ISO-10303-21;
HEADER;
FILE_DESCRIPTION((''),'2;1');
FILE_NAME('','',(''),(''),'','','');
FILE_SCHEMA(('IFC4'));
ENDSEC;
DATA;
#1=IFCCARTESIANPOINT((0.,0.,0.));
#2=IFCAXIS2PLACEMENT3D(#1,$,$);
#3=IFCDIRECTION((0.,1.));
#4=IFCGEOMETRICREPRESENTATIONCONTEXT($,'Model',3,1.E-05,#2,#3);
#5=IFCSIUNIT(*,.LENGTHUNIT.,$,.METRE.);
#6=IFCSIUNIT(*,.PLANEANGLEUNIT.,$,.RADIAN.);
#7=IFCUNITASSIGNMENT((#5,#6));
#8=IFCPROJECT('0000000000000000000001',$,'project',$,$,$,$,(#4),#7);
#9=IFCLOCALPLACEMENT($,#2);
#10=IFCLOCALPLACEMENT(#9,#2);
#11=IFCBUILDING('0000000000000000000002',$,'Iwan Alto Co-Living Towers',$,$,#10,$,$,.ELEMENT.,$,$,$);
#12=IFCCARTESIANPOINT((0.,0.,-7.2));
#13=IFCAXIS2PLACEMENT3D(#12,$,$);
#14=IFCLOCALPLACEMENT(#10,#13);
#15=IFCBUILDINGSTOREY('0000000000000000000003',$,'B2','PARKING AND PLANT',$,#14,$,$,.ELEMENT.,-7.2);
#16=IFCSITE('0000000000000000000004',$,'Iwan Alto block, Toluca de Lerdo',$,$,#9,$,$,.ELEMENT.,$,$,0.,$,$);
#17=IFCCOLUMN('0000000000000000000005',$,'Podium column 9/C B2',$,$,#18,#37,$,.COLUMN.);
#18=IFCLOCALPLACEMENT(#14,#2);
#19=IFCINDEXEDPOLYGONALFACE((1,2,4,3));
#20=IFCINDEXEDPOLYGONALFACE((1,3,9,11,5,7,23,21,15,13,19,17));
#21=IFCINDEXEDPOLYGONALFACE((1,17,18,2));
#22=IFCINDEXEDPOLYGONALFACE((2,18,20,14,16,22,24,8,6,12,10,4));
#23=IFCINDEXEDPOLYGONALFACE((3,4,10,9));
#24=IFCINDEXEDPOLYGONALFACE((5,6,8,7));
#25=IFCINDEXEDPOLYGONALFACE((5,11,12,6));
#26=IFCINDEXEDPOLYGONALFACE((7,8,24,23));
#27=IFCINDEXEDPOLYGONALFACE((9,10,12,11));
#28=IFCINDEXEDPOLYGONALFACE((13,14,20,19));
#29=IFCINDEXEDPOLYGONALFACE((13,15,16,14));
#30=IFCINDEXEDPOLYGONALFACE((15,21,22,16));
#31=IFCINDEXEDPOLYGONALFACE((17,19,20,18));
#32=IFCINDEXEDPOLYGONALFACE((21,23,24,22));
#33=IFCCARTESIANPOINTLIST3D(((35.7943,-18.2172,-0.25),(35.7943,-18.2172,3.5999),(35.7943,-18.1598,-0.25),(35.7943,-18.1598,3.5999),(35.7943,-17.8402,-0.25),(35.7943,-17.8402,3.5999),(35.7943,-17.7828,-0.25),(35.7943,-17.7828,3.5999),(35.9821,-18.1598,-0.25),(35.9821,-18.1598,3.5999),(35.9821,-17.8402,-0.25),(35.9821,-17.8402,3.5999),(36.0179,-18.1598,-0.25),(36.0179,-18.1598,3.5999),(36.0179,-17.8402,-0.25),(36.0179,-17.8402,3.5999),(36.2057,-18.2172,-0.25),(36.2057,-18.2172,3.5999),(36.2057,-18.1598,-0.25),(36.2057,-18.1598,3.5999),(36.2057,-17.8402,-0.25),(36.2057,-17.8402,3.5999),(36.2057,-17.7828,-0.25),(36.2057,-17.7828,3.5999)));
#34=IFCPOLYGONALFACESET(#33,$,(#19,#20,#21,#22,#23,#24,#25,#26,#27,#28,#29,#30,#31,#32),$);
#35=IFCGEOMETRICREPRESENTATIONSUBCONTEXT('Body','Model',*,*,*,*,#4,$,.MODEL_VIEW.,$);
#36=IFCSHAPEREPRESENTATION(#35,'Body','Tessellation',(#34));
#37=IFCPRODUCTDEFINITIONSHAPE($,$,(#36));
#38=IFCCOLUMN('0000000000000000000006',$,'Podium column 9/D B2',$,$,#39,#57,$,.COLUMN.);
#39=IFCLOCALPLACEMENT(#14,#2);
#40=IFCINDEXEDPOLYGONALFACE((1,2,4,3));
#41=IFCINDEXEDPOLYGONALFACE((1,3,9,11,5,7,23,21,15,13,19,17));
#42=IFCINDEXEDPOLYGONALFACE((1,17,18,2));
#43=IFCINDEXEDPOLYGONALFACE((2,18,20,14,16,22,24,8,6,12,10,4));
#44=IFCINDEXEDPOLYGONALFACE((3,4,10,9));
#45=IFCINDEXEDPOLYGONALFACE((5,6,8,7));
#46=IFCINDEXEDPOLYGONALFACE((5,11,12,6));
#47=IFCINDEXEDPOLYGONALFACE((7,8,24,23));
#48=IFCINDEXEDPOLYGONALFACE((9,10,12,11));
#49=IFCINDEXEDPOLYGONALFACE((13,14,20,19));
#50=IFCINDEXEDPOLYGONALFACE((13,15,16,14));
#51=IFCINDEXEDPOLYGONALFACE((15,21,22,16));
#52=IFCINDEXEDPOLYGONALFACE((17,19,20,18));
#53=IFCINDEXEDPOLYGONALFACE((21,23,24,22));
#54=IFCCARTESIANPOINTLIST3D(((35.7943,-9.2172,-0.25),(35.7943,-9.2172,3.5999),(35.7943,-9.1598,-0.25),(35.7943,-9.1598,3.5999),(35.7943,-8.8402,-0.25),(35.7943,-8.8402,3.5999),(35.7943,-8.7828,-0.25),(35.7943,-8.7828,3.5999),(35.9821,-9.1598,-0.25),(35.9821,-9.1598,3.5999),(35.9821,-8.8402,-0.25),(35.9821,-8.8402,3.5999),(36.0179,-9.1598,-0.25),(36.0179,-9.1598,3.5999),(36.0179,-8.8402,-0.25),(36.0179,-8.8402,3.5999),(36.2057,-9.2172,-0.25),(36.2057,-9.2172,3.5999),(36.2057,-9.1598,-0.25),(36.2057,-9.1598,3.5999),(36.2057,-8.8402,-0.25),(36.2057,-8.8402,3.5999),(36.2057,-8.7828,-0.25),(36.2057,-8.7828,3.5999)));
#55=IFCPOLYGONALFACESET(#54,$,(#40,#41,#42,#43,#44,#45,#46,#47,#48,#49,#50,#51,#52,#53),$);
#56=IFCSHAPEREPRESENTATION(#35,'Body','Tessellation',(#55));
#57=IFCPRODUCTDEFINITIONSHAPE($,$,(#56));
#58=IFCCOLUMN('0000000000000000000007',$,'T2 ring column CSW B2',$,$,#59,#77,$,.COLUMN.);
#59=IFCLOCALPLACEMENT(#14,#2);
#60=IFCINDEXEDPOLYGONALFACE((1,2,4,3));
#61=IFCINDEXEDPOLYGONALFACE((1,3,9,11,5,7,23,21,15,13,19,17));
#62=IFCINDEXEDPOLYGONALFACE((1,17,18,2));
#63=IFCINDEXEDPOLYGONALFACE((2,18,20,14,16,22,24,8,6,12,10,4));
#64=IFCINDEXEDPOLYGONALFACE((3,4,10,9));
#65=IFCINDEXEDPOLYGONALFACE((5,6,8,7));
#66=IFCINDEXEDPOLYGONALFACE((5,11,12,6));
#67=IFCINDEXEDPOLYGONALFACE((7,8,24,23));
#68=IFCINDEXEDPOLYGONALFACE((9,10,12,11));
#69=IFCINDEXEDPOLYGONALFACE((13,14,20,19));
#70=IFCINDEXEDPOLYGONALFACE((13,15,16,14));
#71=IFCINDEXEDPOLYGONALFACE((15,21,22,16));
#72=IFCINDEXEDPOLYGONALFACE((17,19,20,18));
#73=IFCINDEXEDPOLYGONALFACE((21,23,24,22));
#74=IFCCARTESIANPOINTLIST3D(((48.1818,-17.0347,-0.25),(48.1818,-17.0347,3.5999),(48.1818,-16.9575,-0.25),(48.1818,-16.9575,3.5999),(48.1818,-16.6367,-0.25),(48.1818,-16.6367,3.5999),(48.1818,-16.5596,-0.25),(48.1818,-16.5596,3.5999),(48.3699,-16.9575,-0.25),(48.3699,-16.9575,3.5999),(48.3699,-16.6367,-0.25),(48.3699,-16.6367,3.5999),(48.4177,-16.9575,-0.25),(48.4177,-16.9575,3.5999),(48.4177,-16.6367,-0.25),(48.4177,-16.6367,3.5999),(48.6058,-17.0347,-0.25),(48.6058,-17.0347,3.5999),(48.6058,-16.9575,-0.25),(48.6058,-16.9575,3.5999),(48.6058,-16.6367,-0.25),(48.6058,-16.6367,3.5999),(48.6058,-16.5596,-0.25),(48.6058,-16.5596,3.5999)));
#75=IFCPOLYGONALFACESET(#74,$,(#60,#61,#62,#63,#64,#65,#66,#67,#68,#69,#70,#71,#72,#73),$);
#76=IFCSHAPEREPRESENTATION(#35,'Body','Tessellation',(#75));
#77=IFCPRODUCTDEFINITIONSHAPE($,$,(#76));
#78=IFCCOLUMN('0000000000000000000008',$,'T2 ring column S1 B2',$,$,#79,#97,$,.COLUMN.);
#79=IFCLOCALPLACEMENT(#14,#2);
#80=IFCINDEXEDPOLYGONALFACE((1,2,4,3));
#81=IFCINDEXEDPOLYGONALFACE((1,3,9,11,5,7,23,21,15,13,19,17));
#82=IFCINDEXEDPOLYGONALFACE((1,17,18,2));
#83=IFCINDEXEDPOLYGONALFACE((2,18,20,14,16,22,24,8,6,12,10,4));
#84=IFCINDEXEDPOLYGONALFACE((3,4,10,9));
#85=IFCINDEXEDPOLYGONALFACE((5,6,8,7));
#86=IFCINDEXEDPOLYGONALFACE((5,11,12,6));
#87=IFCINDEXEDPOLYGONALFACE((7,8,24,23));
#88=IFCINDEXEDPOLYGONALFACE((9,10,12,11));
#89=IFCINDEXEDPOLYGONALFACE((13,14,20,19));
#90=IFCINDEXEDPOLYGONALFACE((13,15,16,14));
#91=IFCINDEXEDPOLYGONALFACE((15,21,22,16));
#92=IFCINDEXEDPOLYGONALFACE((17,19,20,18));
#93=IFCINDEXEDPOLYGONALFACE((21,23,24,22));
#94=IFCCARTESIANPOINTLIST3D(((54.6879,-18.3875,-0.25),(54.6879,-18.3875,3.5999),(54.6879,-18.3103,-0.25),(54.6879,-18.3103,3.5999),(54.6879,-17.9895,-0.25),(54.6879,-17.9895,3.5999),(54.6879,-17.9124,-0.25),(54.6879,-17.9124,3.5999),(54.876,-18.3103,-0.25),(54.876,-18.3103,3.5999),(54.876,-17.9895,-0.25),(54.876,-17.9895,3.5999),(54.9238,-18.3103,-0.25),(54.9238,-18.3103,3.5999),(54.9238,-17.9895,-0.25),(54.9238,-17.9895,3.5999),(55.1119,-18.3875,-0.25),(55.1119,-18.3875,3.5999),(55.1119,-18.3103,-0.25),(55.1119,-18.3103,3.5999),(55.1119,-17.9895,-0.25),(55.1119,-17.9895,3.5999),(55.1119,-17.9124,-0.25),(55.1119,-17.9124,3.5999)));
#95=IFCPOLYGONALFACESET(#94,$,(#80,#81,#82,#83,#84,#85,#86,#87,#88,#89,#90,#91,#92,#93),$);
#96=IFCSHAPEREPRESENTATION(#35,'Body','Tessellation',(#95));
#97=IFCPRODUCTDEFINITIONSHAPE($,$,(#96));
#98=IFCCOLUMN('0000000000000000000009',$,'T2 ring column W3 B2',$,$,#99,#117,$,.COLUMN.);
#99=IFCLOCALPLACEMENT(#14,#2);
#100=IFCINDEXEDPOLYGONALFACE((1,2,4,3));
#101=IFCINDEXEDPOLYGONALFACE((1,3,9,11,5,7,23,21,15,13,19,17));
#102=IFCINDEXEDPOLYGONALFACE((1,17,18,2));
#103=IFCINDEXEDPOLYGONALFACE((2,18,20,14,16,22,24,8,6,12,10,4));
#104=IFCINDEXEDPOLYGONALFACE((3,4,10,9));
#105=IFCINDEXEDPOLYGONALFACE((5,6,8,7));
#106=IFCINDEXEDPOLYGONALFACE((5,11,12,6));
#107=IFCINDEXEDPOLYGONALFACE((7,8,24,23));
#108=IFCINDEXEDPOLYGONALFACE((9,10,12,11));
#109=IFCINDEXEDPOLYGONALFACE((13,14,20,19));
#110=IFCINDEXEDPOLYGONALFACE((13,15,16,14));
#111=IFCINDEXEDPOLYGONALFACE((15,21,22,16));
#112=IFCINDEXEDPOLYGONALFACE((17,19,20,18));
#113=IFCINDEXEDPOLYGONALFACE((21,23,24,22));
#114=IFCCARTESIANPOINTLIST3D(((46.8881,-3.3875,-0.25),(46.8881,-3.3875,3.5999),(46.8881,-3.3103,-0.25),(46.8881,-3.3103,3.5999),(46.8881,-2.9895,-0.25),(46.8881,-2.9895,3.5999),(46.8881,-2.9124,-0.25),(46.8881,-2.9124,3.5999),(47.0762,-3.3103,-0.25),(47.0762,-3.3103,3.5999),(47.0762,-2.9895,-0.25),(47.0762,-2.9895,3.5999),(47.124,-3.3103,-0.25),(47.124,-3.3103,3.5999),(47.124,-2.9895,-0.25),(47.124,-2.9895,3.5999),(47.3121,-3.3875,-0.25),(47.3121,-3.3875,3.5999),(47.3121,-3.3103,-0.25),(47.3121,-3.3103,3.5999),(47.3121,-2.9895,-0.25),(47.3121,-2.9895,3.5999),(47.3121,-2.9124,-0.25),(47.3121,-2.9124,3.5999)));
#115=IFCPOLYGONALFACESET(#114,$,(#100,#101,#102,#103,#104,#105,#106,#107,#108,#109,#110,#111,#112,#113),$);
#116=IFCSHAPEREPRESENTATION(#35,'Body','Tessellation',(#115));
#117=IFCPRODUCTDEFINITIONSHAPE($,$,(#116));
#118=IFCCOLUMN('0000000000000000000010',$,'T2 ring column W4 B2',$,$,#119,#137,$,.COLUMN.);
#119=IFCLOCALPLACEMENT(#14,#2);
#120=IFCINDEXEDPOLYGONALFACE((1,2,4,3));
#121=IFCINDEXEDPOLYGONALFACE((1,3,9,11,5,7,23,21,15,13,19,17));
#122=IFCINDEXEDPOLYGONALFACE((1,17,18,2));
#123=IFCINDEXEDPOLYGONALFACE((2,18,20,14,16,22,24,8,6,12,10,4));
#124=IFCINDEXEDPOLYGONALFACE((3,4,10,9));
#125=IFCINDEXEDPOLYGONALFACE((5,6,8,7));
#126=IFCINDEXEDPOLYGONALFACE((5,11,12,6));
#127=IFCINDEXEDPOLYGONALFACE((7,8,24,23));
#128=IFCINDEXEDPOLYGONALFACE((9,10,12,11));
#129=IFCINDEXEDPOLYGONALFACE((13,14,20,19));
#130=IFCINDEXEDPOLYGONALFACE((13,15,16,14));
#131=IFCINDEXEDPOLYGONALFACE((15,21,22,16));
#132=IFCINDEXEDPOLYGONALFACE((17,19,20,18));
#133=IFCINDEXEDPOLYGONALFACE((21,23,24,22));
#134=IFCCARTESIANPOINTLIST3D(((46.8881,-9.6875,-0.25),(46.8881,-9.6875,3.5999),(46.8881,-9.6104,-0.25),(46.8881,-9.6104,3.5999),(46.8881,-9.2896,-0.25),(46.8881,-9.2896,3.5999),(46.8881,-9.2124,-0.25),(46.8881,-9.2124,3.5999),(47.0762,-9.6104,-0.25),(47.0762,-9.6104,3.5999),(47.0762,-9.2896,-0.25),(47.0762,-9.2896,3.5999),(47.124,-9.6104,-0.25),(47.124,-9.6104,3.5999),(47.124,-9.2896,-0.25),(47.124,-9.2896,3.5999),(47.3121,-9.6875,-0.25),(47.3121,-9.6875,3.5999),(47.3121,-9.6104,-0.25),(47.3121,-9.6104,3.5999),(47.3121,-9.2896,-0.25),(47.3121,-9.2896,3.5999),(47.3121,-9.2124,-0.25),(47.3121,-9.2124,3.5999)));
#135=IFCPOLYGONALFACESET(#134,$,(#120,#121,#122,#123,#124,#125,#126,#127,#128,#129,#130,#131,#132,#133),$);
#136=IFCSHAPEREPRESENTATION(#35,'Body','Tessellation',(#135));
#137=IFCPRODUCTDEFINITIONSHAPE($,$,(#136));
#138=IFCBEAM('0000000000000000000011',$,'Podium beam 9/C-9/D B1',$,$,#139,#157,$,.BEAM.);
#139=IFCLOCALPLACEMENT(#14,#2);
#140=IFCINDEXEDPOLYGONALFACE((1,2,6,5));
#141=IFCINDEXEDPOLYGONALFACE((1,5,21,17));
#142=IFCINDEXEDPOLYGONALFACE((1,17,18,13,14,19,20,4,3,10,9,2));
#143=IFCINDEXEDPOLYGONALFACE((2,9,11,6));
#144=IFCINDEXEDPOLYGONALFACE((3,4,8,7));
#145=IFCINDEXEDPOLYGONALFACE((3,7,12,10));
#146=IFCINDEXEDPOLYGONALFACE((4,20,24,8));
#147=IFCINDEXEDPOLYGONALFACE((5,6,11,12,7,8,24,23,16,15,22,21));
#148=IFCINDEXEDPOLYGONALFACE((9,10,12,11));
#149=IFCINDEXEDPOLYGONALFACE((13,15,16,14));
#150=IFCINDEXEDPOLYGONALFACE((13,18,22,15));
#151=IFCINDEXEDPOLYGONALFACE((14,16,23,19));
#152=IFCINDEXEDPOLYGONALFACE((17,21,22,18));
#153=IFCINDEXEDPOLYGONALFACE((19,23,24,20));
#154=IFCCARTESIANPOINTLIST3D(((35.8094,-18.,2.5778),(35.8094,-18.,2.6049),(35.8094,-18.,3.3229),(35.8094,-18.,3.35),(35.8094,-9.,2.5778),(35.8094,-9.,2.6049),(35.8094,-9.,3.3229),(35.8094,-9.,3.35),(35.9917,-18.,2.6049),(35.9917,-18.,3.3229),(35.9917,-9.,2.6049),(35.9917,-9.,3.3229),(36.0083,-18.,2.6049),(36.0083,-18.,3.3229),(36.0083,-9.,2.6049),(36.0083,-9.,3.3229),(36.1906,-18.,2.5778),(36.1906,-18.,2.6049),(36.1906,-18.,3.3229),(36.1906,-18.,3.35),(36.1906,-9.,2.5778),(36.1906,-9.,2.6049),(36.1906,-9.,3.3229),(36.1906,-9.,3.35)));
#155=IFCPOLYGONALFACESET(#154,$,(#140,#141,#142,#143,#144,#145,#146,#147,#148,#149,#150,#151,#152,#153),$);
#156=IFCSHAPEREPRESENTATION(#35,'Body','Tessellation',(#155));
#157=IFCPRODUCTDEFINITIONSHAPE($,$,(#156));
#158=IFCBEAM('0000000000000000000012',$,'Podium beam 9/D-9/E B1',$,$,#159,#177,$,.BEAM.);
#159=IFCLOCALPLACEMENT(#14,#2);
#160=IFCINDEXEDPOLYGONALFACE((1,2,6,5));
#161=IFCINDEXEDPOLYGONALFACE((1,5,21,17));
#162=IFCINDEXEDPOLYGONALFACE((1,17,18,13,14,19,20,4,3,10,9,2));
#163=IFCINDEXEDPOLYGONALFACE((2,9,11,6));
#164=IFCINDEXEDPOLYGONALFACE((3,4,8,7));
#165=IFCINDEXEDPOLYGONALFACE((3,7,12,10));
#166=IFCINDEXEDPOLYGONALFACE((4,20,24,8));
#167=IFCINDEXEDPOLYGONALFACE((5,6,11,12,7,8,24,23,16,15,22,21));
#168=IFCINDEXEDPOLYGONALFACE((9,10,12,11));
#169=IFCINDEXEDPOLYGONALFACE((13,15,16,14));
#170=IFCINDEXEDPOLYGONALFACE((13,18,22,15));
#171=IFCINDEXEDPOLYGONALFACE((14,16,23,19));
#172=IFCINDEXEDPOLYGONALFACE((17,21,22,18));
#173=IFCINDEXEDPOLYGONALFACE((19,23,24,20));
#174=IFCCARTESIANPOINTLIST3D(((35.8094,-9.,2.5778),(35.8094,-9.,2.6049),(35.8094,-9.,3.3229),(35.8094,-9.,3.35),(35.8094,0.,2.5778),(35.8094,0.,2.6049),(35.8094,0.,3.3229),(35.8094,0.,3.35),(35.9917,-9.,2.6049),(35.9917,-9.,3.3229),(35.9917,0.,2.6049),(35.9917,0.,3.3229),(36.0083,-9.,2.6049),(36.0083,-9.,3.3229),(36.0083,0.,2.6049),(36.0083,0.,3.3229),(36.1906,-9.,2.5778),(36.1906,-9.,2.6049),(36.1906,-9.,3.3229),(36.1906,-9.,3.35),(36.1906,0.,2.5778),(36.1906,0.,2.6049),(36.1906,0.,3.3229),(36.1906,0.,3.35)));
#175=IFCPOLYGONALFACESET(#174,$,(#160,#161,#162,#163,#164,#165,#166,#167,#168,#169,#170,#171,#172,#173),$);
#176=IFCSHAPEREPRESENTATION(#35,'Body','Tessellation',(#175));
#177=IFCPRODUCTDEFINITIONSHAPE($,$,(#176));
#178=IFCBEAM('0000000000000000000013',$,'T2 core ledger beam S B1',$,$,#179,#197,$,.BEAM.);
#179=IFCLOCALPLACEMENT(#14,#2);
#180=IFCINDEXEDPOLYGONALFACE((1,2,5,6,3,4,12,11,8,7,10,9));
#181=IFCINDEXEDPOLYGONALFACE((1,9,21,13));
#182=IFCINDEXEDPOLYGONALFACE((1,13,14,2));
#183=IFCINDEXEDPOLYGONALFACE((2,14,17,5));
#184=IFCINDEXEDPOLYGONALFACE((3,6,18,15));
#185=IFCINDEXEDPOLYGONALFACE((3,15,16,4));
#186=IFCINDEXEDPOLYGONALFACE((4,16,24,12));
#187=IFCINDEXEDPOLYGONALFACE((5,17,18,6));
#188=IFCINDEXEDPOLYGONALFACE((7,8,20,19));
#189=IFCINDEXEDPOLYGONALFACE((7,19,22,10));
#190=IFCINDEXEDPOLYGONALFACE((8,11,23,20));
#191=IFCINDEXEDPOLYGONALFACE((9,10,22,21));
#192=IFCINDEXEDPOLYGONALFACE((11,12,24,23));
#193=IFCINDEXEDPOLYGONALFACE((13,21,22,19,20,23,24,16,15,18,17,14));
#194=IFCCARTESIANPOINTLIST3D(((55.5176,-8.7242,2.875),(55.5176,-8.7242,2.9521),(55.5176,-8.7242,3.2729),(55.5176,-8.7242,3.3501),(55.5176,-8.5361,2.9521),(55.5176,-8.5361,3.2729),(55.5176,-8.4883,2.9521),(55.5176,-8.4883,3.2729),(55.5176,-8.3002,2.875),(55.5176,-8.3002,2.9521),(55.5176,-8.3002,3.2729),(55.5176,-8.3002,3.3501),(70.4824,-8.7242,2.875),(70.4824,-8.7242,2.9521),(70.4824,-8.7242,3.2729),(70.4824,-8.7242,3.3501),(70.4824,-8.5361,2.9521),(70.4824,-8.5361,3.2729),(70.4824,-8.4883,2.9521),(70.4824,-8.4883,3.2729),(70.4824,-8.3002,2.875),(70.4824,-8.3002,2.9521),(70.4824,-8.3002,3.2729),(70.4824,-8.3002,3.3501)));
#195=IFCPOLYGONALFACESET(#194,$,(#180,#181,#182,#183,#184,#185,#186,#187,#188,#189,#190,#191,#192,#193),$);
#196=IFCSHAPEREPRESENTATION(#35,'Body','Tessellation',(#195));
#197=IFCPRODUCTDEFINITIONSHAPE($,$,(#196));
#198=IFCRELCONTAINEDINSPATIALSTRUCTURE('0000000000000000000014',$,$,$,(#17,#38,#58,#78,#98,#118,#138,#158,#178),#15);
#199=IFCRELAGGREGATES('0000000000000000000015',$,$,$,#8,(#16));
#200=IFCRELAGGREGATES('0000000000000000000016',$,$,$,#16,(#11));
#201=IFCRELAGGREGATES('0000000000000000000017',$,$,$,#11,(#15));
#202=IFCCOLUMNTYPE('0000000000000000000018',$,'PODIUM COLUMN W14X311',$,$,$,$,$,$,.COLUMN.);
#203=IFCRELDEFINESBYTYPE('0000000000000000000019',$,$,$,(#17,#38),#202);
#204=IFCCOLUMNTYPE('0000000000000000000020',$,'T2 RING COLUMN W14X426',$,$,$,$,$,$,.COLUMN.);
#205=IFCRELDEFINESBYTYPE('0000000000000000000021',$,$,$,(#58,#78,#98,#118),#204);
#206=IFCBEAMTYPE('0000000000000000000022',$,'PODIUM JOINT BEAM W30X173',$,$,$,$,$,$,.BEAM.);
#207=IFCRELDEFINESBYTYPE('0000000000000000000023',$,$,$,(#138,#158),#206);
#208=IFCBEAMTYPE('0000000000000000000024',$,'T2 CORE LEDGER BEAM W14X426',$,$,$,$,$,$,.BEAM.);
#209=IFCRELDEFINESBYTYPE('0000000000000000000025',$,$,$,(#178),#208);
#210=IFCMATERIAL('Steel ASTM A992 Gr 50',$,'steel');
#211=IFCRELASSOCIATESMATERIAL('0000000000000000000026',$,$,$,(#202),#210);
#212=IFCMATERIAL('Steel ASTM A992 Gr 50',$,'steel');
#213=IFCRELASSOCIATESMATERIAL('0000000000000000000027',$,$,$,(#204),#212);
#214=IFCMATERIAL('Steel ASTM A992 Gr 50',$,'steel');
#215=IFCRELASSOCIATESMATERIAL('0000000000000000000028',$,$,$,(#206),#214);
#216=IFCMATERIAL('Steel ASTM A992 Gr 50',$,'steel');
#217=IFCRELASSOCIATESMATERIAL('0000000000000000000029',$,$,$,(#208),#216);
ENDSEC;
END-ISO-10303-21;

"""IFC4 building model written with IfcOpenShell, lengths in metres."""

from ifc_helpers import new_model, si_unit, direction, frame, origin, origin_2d, place, context, subcontext, project, spatial, i_section, extrude, material, material_profile, profile_set, type_object, element, save


model = new_model("IFC4")

# Units and contexts
model_context = context("Model", 3, precision=1e-05, world=origin(), true_north=direction((0.0, 1.0)))
body_context = subcontext(model_context, "Body", "Model", "MODEL_VIEW")
ifc_project = project(units=[si_unit("LENGTHUNIT", "METRE"), si_unit("PLANEANGLEUNIT", "RADIAN")], contexts=[model_context])

# Site, building, storey
site_placement = place(None, origin())
site = spatial("IfcSite", under=ifc_project, at=site_placement, Name="Iwan Alto block, Toluca de Lerdo", CompositionType="ELEMENT", RefElevation=0.0)
building_placement = place(site_placement, origin())
building = spatial("IfcBuilding", under=site, at=building_placement, Name="Iwan Alto Co-Living Towers", CompositionType="ELEMENT")
storey_placement = place(building_placement, frame((0.0, 0.0, -7.2)))
storey = spatial("IfcBuildingStorey", under=building, at=storey_placement, Name="B2", Description="PARKING AND PLANT", CompositionType="ELEMENT", Elevation=-7.2)

# Columns
ifc_material_1 = material(Name="Steel ASTM A992 Gr 50", Category="steel")
ifc_material_profile_1 = material_profile(ifc_material_1, i_section(OverallWidth=0.4114, OverallDepth=0.4343, WebThickness=0.0359, FlangeThickness=0.0574, at=origin_2d()), Name="W14X311")
ifc_profile_set_1 = profile_set([ifc_material_profile_1], Name="Steel ASTM A992 Gr 50")
column_type_1 = type_object("IfcColumnType", Name="PODIUM COLUMN W14X311", PredefinedType="COLUMN", material=ifc_profile_set_1)
for number, where, z_axis, x_axis, name in (
    (1, (36.0, -18.0, -0.25), (0.0, 0.0, 1.0), (1.0, 0.0, 0.0), "Podium column 9/C B2"),
    (2, (36.0, -9.0, -0.25), (0.0, 0.0, 1.0), (1.0, 0.0, 0.0), "Podium column 9/D B2"),
):
    element("IfcColumn", number, at=place(storey_placement, frame(where, z_axis=z_axis, x_axis=x_axis)), inside=storey, type_object=column_type_1, Name=name, PredefinedType="COLUMN", context=body_context, shape_type="SweptSolid", body=[
        extrude(i_section(OverallWidth=0.4114, OverallDepth=0.4343, WebThickness=0.0359, FlangeThickness=0.0574, at=origin_2d()), origin(), (0.0, 0.0, 1.0), 3.8499),
    ])
ifc_material_2 = material(Name="Steel ASTM A992 Gr 50", Category="steel")
ifc_material_profile_2 = material_profile(ifc_material_2, i_section(OverallWidth=0.4241, OverallDepth=0.4751, WebThickness=0.0479, FlangeThickness=0.0771, at=origin_2d()), Name="W14X426")
ifc_profile_set_2 = profile_set([ifc_material_profile_2], Name="Steel ASTM A992 Gr 50")
column_type_2 = type_object("IfcColumnType", Name="T2 RING COLUMN W14X426", PredefinedType="COLUMN", material=ifc_profile_set_2)
for number, where, z_axis, x_axis, name in (
    (3, (48.3938, -16.7971, -0.25), (0.0, 0.0, 1.0), (1.0, 0.0, 0.0), "T2 ring column CSW B2"),
    (4, (54.8999, -18.1499, -0.25), (0.0, 0.0, 1.0), (1.0, 0.0, 0.0), "T2 ring column S1 B2"),
    (5, (47.1001, -3.1499, -0.25), (0.0, 0.0, 1.0), (1.0, 0.0, 0.0), "T2 ring column W3 B2"),
    (6, (47.1001, -9.45, -0.25), (0.0, 0.0, 1.0), (1.0, 0.0, 0.0), "T2 ring column W4 B2"),
):
    element("IfcColumn", number, at=place(storey_placement, frame(where, z_axis=z_axis, x_axis=x_axis)), inside=storey, type_object=column_type_2, Name=name, PredefinedType="COLUMN", context=body_context, shape_type="SweptSolid", body=[
        extrude(i_section(OverallWidth=0.4241, OverallDepth=0.4751, WebThickness=0.0479, FlangeThickness=0.0771, at=origin_2d()), origin(), (0.0, 0.0, 1.0), 3.8499),
    ])

# Beams
ifc_material_3 = material(Name="Steel ASTM A992 Gr 50", Category="steel")
ifc_material_profile_3 = material_profile(ifc_material_3, i_section(OverallWidth=0.3811, OverallDepth=0.7722, WebThickness=0.0166, FlangeThickness=0.0271, at=origin_2d()), Name="W30X173")
ifc_profile_set_3 = profile_set([ifc_material_profile_3], Name="Steel ASTM A992 Gr 50")
beam_type_1 = type_object("IfcBeamType", Name="PODIUM JOINT BEAM W30X173", PredefinedType="BEAM", material=ifc_profile_set_3)
for number, where, z_axis, x_axis, name in (
    (7, (36.0, -18.0, 2.9639), (0.0, 1.0, 0.0), (-1.0, 0.0, 0.0), "Podium beam 9/C-9/D B1"),
    (8, (36.0, -9.0, 2.9639), (0.0, 1.0, 0.0), (-1.0, 0.0, 0.0), "Podium beam 9/D-9/E B1"),
):
    element("IfcBeam", number, at=place(storey_placement, frame(where, z_axis=z_axis, x_axis=x_axis)), inside=storey, type_object=beam_type_1, Name=name, PredefinedType="BEAM", context=body_context, shape_type="SweptSolid", body=[
        extrude(i_section(OverallWidth=0.3811, OverallDepth=0.7722, WebThickness=0.0166, FlangeThickness=0.0271, at=origin_2d()), origin(), (0.0, 0.0, 1.0), 9.0),
    ])
ifc_material_4 = material(Name="Steel ASTM A992 Gr 50", Category="steel")
ifc_material_profile_4 = material_profile(ifc_material_4, i_section(OverallWidth=0.4241, OverallDepth=0.4751, WebThickness=0.0479, FlangeThickness=0.0771, at=origin_2d()), Name="W14X426")
ifc_profile_set_4 = profile_set([ifc_material_profile_4], Name="Steel ASTM A992 Gr 50")
beam_type_2 = type_object("IfcBeamType", Name="T2 CORE LEDGER BEAM W14X426", PredefinedType="BEAM", material=ifc_profile_set_4)
beam_1_placement = place(storey_placement, frame((55.5176, -8.5122, 3.1125), z_axis=(1.0, 0.0, 0.0), x_axis=(0.0, 1.0, 0.0)))
element("IfcBeam", 9, at=beam_1_placement, inside=storey, type_object=beam_type_2, Name="T2 core ledger beam S B1", PredefinedType="BEAM", context=body_context, shape_type="SweptSolid", body=[
    extrude(i_section(OverallWidth=0.4241, OverallDepth=0.4751, WebThickness=0.0479, FlangeThickness=0.0771, at=origin_2d()), origin(), (0.0, 0.0, 1.0), 14.9648),
])

save(model, "model.ifc")
